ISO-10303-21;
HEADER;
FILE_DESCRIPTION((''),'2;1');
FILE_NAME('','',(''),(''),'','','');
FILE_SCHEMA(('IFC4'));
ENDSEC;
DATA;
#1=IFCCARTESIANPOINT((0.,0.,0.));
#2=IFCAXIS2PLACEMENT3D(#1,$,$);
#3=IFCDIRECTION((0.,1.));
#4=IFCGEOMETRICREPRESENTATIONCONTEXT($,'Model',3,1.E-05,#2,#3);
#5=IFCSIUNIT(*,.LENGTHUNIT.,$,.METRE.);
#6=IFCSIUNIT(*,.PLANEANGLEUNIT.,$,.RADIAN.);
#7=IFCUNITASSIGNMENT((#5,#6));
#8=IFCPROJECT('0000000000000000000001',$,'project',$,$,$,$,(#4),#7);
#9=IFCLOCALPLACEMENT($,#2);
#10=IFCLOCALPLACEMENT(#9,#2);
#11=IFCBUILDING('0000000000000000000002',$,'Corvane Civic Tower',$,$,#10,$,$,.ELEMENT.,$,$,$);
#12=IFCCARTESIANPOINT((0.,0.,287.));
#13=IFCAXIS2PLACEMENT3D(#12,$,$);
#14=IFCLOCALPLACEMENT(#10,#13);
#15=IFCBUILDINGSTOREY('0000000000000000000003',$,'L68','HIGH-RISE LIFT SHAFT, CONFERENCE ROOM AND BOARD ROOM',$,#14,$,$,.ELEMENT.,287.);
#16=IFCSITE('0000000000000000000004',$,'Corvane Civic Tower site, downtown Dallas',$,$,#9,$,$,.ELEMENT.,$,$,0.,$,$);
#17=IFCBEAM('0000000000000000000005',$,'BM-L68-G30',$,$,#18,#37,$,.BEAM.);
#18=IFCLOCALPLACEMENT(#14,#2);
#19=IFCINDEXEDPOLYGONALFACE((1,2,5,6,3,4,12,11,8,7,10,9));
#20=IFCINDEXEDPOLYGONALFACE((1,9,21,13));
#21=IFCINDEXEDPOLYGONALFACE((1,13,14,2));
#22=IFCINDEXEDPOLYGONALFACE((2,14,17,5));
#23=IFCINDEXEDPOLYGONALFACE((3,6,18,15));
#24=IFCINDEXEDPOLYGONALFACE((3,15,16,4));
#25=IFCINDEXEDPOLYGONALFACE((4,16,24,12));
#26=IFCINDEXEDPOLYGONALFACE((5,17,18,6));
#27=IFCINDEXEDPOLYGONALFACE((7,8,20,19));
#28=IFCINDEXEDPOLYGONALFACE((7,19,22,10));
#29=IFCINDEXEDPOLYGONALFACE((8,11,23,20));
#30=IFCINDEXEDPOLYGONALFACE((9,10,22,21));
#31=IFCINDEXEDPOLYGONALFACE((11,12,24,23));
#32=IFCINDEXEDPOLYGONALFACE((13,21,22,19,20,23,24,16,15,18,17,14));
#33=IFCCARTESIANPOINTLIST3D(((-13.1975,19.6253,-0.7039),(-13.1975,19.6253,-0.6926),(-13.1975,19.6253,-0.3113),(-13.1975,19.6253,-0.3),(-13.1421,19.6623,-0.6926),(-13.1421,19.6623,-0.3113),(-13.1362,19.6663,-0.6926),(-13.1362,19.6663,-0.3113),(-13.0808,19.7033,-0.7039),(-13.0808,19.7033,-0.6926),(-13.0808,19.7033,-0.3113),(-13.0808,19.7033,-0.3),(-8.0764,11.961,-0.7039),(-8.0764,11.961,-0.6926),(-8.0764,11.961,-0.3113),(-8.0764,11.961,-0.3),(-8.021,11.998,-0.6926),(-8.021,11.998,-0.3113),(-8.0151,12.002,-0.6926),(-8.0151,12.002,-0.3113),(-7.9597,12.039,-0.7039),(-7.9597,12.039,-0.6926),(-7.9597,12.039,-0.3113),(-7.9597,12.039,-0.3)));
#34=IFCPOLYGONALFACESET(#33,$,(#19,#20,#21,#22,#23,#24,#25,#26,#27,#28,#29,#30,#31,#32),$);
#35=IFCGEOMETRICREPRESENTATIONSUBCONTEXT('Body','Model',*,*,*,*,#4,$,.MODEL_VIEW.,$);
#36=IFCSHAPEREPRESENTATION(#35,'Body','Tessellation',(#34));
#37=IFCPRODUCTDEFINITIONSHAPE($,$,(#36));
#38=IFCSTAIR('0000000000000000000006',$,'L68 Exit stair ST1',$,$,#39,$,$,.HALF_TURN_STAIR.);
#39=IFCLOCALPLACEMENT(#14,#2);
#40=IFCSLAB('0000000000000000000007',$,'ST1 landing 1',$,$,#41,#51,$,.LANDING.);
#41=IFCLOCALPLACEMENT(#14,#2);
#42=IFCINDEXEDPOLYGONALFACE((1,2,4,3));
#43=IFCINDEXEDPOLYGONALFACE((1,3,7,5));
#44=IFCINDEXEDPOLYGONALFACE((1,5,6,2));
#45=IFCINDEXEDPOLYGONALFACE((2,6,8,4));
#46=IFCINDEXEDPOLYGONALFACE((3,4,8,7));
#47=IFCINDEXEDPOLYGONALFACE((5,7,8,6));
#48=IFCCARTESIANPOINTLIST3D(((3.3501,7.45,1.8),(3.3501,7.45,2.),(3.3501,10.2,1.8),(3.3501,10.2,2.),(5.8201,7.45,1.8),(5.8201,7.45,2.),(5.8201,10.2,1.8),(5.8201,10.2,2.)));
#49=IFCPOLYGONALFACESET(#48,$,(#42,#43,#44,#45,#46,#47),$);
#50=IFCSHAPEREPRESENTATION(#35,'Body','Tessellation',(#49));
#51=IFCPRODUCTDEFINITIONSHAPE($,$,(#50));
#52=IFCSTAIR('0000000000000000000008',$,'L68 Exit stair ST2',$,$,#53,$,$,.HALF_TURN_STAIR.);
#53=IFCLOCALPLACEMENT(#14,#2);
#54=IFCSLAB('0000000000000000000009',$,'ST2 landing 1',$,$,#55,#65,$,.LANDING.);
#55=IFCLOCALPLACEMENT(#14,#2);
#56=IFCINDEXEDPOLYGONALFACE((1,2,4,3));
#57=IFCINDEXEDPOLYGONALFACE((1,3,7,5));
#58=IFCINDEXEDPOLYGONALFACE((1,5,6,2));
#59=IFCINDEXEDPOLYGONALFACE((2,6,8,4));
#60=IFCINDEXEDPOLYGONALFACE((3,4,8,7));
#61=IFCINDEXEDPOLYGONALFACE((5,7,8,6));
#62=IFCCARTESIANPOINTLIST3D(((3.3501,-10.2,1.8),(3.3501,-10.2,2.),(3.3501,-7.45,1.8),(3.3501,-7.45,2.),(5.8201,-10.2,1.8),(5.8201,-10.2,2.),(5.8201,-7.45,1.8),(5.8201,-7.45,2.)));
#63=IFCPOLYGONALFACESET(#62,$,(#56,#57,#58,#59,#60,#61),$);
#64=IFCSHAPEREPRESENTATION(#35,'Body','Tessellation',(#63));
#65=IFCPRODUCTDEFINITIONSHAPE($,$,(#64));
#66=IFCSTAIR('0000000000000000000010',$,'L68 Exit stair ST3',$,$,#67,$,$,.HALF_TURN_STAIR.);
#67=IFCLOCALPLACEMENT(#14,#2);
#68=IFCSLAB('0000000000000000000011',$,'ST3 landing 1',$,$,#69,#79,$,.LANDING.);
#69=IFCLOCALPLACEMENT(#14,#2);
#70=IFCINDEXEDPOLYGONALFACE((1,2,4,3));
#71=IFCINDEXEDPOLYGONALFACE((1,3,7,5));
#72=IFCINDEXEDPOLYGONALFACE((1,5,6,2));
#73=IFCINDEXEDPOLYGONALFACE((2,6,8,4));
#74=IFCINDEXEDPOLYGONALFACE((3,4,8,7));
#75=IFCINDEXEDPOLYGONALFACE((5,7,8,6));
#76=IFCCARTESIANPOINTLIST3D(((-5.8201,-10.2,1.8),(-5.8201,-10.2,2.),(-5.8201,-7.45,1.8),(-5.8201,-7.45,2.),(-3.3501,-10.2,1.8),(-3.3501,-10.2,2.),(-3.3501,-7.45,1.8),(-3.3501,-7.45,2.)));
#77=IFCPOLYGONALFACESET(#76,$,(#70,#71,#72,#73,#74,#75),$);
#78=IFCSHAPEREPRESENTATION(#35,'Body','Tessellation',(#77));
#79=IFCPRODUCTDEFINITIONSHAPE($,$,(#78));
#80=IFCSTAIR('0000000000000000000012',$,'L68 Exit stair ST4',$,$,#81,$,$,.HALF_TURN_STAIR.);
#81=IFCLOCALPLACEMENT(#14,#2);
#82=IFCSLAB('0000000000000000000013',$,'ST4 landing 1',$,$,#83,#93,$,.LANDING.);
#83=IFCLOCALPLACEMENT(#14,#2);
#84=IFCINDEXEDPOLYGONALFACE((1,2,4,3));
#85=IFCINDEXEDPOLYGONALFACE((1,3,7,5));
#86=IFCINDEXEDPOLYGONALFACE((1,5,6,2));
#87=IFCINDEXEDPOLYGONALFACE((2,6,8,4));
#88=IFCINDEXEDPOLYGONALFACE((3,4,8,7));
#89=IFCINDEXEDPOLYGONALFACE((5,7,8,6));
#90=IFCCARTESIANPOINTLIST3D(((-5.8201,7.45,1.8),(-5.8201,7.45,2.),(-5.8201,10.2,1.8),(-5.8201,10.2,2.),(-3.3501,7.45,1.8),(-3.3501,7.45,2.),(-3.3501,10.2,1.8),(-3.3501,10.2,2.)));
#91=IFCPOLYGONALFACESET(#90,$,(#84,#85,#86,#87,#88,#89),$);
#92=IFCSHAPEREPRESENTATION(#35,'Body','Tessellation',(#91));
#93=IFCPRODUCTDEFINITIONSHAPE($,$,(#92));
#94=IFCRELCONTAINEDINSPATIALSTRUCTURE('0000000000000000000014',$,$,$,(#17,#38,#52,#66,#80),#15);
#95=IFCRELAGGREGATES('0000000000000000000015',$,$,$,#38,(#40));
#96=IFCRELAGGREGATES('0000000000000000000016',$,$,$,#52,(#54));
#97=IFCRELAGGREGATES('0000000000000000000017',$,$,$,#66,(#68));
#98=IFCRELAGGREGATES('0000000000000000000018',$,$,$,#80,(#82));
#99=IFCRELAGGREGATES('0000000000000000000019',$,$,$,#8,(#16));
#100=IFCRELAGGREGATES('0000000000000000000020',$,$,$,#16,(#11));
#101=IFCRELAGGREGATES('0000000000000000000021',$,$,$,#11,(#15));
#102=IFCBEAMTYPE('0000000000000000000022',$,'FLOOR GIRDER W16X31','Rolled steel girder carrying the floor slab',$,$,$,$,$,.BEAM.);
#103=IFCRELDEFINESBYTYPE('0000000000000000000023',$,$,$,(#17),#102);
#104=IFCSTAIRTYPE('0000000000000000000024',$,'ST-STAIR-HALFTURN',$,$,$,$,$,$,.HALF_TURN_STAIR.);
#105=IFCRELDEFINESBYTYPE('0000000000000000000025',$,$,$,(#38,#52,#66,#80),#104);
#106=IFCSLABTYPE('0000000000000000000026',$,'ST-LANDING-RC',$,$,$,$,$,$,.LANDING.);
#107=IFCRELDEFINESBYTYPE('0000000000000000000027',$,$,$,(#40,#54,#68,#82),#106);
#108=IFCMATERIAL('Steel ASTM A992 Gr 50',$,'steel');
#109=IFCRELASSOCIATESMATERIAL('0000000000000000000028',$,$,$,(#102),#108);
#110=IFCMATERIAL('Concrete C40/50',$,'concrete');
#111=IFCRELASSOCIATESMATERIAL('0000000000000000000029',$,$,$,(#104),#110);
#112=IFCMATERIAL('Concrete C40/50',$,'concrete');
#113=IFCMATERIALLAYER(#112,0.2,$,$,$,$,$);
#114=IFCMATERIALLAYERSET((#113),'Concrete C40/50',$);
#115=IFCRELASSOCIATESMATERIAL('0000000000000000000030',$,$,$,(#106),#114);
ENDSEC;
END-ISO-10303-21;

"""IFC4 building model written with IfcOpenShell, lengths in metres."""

from ifc_helpers import new_model, si_unit, direction, frame, origin, origin_2d, place, context, subcontext, project, spatial, polyline, i_section, outline, extrude, material, layer, layer_set, material_profile, profile_set, type_object, element, aggregate, save


model = new_model("IFC4")

# Units and contexts
model_context = context("Model", 3, precision=1e-05, world=origin(), true_north=direction((0.0, 1.0)))
body_context = subcontext(model_context, "Body", "Model", "MODEL_VIEW")
ifc_project = project(units=[si_unit("LENGTHUNIT", "METRE"), si_unit("PLANEANGLEUNIT", "RADIAN")], contexts=[model_context])

# Site, building, storey
site_placement = place(None, origin())
site = spatial("IfcSite", under=ifc_project, at=site_placement, Name="Corvane Civic Tower site, downtown Dallas", CompositionType="ELEMENT", RefElevation=0.0)
building_placement = place(site_placement, origin())
building = spatial("IfcBuilding", under=site, at=building_placement, Name="Corvane Civic Tower", CompositionType="ELEMENT")
storey_placement = place(building_placement, frame((0.0, 0.0, 287.0)))
storey = spatial("IfcBuildingStorey", under=building, at=storey_placement, Name="L68", Description="HIGH-RISE LIFT SHAFT, CONFERENCE ROOM AND BOARD ROOM", CompositionType="ELEMENT", Elevation=287.0)

# Beam
ifc_material_1 = material(Name="Steel ASTM A992 Gr 50", Category="steel")
ifc_material_profile = material_profile(ifc_material_1, i_section(OverallWidth=0.1404, OverallDepth=0.4038, WebThickness=0.0071, FlangeThickness=0.0112, at=origin_2d()), Name="W16X31")
ifc_profile_set = profile_set([ifc_material_profile], Name="Steel ASTM A992 Gr 50")
beam_type = type_object("IfcBeamType", Name="FLOOR GIRDER W16X31", Description="Rolled steel girder carrying the floor slab", PredefinedType="BEAM", material=ifc_profile_set)
beam_placement = place(storey_placement, frame((-8.0181, 12.0, -0.502), z_axis=(-0.555568, 0.831471, 0.0), x_axis=(-0.831471, -0.555568, 0.0)))
element("IfcBeam", 1, at=beam_placement, inside=storey, type_object=beam_type, Name="BM-L68-G30", PredefinedType="BEAM", context=body_context, shape_type="SweptSolid", body=[
    extrude(i_section(OverallWidth=0.1404, OverallDepth=0.4038, WebThickness=0.0071, FlangeThickness=0.0112, at=origin_2d()), origin(), (0.0, 0.0, 1.0), 9.2178),
])

# Stairs, slabs
ifc_material_2 = material(Name="Concrete C40/50", Category="concrete")
stair_type = type_object("IfcStairType", Name="ST-STAIR-HALFTURN", PredefinedType="HALF_TURN_STAIR", material=ifc_material_2)
stair_1_placement = place(storey_placement, origin())
stair_1 = element("IfcStair", 2, at=stair_1_placement, inside=storey, type_object=stair_type, Name="L68 Exit stair ST1", PredefinedType="HALF_TURN_STAIR")
ifc_material_3 = material(Name="Concrete C40/50", Category="concrete")
ifc_layer_1 = layer(ifc_material_3, 0.2)
ifc_layer_set_1 = layer_set([ifc_layer_1], Name="Concrete C40/50")
slab_type = type_object("IfcSlabType", Name="ST-LANDING-RC", PredefinedType="LANDING", material=ifc_layer_set_1)
slab_1_placement = place(storey_placement, frame((0.0, 0.0, 1.8)))
slab_1 = element("IfcSlab", 3, at=slab_1_placement, type_object=slab_type, Name="ST1 landing 1", PredefinedType="LANDING", context=body_context, shape_type="SweptSolid", body=[
    extrude(outline(polyline([(5.8201, 10.2), (3.3501, 10.2), (3.3501, 7.45), (5.8201, 7.45), (5.8201, 10.2)])), origin(), (0.0, 0.0, 1.0), 0.2),
])
aggregate(stair_1, [slab_1])
stair_2_placement = place(storey_placement, origin())
stair_2 = element("IfcStair", 4, at=stair_2_placement, inside=storey, type_object=stair_type, Name="L68 Exit stair ST2", PredefinedType="HALF_TURN_STAIR")
slab_2_placement = place(storey_placement, frame((0.0, 0.0, 1.8)))
slab_2 = element("IfcSlab", 5, at=slab_2_placement, type_object=slab_type, Name="ST2 landing 1", PredefinedType="LANDING", context=body_context, shape_type="SweptSolid", body=[
    extrude(outline(polyline([(5.8201, -7.45), (3.3501, -7.45), (3.3501, -10.2), (5.8201, -10.2), (5.8201, -7.45)])), origin(), (0.0, 0.0, 1.0), 0.2),
])
aggregate(stair_2, [slab_2])
stair_3_placement = place(storey_placement, origin())
stair_3 = element("IfcStair", 6, at=stair_3_placement, inside=storey, type_object=stair_type, Name="L68 Exit stair ST3", PredefinedType="HALF_TURN_STAIR")
slab_3_placement = place(storey_placement, frame((0.0, 0.0, 1.8)))
slab_3 = element("IfcSlab", 7, at=slab_3_placement, type_object=slab_type, Name="ST3 landing 1", PredefinedType="LANDING", context=body_context, shape_type="SweptSolid", body=[
    extrude(outline(polyline([(-5.8201, -10.2), (-3.3501, -10.2), (-3.3501, -7.45), (-5.8201, -7.45), (-5.8201, -10.2)])), origin(), (0.0, 0.0, 1.0), 0.2),
])
aggregate(stair_3, [slab_3])
stair_4_placement = place(storey_placement, origin())
stair_4 = element("IfcStair", 8, at=stair_4_placement, inside=storey, type_object=stair_type, Name="L68 Exit stair ST4", PredefinedType="HALF_TURN_STAIR")
slab_4_placement = place(storey_placement, frame((0.0, 0.0, 1.8)))
slab_4 = element("IfcSlab", 9, at=slab_4_placement, type_object=slab_type, Name="ST4 landing 1", PredefinedType="LANDING", context=body_context, shape_type="SweptSolid", body=[
    extrude(outline(polyline([(-5.8201, 7.45), (-3.3501, 7.45), (-3.3501, 10.2), (-5.8201, 10.2), (-5.8201, 7.45)])), origin(), (0.0, 0.0, 1.0), 0.2),
])

aggregate(stair_4, [slab_4])

save(model, "model.ifc")
